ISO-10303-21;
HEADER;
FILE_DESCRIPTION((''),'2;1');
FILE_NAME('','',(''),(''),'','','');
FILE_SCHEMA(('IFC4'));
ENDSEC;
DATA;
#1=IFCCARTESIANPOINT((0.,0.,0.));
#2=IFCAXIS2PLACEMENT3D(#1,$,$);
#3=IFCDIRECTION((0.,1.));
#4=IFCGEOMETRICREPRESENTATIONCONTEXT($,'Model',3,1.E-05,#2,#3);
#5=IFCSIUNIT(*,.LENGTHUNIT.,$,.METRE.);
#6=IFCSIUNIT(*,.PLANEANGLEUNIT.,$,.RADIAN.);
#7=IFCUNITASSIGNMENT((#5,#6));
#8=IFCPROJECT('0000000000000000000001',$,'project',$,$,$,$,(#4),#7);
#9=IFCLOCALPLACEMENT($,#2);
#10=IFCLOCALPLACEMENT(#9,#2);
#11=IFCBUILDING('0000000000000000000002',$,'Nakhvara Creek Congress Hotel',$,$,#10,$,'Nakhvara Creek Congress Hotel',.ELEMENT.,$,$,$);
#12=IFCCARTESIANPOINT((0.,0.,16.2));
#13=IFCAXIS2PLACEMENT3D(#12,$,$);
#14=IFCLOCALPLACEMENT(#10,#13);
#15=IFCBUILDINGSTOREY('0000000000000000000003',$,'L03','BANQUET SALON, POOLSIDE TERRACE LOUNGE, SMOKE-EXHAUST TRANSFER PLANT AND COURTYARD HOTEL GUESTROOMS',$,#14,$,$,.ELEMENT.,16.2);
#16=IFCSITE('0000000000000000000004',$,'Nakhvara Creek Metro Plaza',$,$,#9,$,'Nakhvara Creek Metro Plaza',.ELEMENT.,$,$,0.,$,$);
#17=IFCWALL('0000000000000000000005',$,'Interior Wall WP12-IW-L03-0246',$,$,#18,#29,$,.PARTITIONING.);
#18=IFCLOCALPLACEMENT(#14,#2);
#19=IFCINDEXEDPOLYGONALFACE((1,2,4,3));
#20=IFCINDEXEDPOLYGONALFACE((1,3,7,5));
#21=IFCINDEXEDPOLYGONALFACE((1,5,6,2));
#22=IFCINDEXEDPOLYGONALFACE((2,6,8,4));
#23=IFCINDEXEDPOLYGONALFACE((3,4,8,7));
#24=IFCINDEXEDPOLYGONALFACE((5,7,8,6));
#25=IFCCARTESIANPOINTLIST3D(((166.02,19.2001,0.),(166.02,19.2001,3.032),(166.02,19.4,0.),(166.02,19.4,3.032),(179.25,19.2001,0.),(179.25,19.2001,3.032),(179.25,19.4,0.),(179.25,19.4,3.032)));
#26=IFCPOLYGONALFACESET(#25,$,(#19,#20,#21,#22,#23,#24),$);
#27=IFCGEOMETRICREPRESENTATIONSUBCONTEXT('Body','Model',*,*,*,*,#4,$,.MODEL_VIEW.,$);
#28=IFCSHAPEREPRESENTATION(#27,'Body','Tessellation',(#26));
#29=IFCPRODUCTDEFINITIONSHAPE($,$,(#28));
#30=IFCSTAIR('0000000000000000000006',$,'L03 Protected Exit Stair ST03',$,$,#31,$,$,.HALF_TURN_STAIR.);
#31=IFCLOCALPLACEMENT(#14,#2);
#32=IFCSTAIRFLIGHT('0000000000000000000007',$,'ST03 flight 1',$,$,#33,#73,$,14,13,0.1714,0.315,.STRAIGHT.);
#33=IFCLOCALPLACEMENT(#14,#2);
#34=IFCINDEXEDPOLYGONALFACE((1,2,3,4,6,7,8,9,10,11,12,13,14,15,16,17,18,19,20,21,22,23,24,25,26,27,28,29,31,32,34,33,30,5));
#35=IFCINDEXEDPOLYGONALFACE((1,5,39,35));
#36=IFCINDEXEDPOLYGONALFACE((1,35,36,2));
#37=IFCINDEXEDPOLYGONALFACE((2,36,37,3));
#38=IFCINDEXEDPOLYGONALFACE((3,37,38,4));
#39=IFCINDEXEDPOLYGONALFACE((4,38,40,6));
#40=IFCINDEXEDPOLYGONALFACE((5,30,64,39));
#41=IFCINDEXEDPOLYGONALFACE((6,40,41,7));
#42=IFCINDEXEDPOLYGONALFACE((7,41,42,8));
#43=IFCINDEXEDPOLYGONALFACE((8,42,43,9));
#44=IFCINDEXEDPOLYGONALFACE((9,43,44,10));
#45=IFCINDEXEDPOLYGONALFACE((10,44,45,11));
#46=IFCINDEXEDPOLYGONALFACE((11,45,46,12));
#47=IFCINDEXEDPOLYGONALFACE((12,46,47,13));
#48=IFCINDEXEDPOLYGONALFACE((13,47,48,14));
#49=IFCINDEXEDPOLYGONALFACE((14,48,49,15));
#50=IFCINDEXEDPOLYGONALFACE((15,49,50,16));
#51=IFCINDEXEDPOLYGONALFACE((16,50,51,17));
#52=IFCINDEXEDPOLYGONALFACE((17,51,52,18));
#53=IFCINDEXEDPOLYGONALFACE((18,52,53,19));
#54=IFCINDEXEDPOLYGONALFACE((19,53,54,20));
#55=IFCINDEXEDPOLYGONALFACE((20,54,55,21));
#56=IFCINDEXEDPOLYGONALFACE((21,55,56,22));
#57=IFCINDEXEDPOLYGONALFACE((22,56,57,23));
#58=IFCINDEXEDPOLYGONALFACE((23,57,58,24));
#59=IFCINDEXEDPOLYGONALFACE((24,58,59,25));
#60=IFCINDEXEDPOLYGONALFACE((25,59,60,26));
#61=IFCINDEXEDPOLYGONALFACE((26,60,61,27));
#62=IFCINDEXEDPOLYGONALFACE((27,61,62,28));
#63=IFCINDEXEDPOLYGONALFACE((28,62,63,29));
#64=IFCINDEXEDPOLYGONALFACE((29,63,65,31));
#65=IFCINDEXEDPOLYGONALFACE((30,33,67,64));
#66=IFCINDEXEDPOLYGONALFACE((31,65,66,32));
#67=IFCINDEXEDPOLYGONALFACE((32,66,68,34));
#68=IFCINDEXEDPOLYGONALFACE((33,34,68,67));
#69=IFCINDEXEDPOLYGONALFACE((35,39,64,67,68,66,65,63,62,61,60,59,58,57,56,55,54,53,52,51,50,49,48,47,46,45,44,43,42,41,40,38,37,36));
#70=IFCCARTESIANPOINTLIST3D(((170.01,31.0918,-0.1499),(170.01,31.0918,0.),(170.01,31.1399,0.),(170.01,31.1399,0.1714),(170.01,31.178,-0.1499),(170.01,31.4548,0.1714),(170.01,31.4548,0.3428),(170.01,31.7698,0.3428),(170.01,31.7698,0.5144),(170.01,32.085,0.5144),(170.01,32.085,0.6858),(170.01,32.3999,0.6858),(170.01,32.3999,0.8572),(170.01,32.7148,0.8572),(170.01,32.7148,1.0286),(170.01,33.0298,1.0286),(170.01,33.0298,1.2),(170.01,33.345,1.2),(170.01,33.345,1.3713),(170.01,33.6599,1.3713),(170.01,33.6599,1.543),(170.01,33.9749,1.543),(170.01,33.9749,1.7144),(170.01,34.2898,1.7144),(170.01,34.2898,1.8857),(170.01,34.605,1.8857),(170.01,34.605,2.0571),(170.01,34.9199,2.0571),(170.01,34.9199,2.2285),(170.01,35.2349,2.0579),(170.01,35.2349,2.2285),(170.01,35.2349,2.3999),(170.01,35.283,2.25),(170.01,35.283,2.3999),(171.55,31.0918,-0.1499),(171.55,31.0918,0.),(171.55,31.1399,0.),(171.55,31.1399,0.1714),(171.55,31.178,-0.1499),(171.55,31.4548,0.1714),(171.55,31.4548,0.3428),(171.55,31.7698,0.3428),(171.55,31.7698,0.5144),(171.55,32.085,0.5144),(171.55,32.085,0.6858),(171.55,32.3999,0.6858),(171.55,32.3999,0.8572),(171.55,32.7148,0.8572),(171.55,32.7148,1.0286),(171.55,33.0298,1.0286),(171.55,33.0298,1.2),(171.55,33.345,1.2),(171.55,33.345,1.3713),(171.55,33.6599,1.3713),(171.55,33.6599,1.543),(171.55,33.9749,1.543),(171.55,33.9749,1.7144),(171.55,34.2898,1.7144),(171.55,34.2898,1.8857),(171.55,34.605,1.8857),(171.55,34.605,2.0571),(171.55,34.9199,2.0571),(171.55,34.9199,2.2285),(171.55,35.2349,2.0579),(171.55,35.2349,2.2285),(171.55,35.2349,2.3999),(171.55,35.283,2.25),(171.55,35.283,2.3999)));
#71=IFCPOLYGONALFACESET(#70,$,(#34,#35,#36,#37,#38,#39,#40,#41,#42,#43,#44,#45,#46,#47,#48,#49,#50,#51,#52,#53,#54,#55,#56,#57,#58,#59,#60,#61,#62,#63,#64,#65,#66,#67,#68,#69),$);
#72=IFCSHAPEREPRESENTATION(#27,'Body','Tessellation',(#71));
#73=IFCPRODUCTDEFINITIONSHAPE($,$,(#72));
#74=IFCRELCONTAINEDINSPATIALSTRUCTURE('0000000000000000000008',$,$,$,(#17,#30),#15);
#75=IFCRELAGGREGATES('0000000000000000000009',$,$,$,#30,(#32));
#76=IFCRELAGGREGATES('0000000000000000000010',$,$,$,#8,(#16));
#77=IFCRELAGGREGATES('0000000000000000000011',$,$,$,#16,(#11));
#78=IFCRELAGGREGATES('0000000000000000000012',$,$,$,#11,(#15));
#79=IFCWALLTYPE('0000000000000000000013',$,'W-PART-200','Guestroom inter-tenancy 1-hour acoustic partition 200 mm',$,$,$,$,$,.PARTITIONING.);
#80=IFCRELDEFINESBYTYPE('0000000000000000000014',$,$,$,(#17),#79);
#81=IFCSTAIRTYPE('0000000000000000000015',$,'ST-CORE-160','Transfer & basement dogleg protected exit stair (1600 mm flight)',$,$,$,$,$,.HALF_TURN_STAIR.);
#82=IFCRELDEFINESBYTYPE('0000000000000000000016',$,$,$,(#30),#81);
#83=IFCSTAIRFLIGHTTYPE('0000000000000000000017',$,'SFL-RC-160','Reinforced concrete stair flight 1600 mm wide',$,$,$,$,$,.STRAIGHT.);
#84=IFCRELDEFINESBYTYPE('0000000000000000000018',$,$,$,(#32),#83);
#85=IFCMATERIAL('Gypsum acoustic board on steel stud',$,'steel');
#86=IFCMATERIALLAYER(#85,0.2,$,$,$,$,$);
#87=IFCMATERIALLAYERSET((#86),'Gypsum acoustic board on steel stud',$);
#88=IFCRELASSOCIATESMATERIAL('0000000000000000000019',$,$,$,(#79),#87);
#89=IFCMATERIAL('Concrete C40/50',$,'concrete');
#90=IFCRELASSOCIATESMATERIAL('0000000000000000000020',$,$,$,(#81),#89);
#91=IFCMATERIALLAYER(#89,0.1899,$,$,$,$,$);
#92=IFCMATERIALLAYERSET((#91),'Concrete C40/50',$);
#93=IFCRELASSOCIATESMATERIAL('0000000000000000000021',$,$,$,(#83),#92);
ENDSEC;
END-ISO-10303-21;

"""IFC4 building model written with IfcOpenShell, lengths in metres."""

from ifc_helpers import new_model, si_unit, direction, frame, frame_2d, origin, place, context, subcontext, project, spatial, polyline, rectangle, outline, extrude, material, layer, layer_set, type_object, element, aggregate, save


model = new_model("IFC4")

# Units and contexts
model_context = context("Model", 3, precision=1e-05, world=origin(), true_north=direction((0.0, 1.0)))
body_context = subcontext(model_context, "Body", "Model", "MODEL_VIEW")
ifc_project = project(units=[si_unit("LENGTHUNIT", "METRE"), si_unit("PLANEANGLEUNIT", "RADIAN")], contexts=[model_context])

# Site, building, storey
site_placement = place(None, origin())
site = spatial("IfcSite", under=ifc_project, at=site_placement, Name="Nakhvara Creek Metro Plaza", LongName="Nakhvara Creek Metro Plaza", CompositionType="ELEMENT", RefElevation=0.0)
building_placement = place(site_placement, origin())
building = spatial("IfcBuilding", under=site, at=building_placement, Name="Nakhvara Creek Congress Hotel", LongName="Nakhvara Creek Congress Hotel", CompositionType="ELEMENT")
storey_placement = place(building_placement, frame((0.0, 0.0, 16.2)))
storey = spatial("IfcBuildingStorey", under=building, at=storey_placement, Name="L03", Description="BANQUET SALON, POOLSIDE TERRACE LOUNGE, SMOKE-EXHAUST TRANSFER PLANT AND COURTYARD HOTEL GUESTROOMS", CompositionType="ELEMENT", Elevation=16.2)

# Shared definitions
ifc_material_1 = material(Name="Concrete C40/50", Category="concrete")

# Wall
ifc_material_2 = material(Name="Gypsum acoustic board on steel stud", Category="steel")
ifc_layer_1 = layer(ifc_material_2, 0.2)
ifc_layer_set_1 = layer_set([ifc_layer_1], Name="Gypsum acoustic board on steel stud")
wall_type_1 = type_object("IfcWallType", Name="W-PART-200", Description="Guestroom inter-tenancy 1-hour acoustic partition 200 mm", PredefinedType="PARTITIONING", material=ifc_layer_set_1)
wall_1_placement = place(storey_placement, frame((166.02, 19.3, 0.0), z_axis=(0.0, 0.0, 1.0), x_axis=(1.0, 0.0, 0.0)))
element("IfcWall", 1, at=wall_1_placement, inside=storey, type_object=wall_type_1, Name="Interior Wall WP12-IW-L03-0246", PredefinedType="PARTITIONING", context=body_context, shape_type="SweptSolid", body=[
    extrude(rectangle(XDim=13.23, YDim=0.2, at=frame_2d((6.615, 0.0))), origin(), (0.0, 0.0, 1.0), 3.032),
])

# Stair, stair flight
stair_type = type_object("IfcStairType", Name="ST-CORE-160", Description="Transfer & basement dogleg protected exit stair (1600 mm flight)", PredefinedType="HALF_TURN_STAIR", material=ifc_material_1)
stair_placement = place(storey_placement, origin())
stair = element("IfcStair", 2, at=stair_placement, inside=storey, type_object=stair_type, Name="L03 Protected Exit Stair ST03", PredefinedType="HALF_TURN_STAIR")
ifc_layer_2 = layer(ifc_material_1, 0.1899)
ifc_layer_set_2 = layer_set([ifc_layer_2], Name="Concrete C40/50")
stair_flight_type = type_object("IfcStairFlightType", Name="SFL-RC-160", Description="Reinforced concrete stair flight 1600 mm wide", PredefinedType="STRAIGHT", material=ifc_layer_set_2)
stair_flight_placement = place(storey_placement, frame((170.78, 31.1399, 0.0), z_axis=(0.0, 0.0, 1.0), x_axis=(0.0, 1.0, 0.0)))
stair_flight = element("IfcStairFlight", 3, at=stair_flight_placement, type_object=stair_flight_type, Name="ST03 flight 1", NumberOfRisers=14, NumberOfTreads=13, PredefinedType="STRAIGHT", RiserHeight=0.1714, TreadLength=0.315, context=body_context, shape_type="SweptSolid", body=[
    extrude(outline(polyline([(-0.0481, 0.0), (0.0, 0.0), (0.0, 0.1714), (0.3149, 0.1714), (0.3149, 0.3428), (0.6299, 0.3428), (0.6299, 0.5144), (0.9451, 0.5144), (0.9451, 0.6858), (1.26, 0.6858), (1.26, 0.8572), (1.575, 0.8572), (1.575, 1.0286), (1.8899, 1.0286), (1.8899, 1.2), (2.2051, 1.2), (2.2051, 1.3713), (2.52, 1.3713), (2.52, 1.543), (2.835, 1.543), (2.835, 1.7144), (3.1499, 1.7144), (3.1499, 1.8857), (3.4651, 1.8857), (3.4651, 2.0571), (3.78, 2.0571), (3.78, 2.2285), (4.095, 2.2285), (4.095, 2.3999), (4.1431, 2.3999), (4.1431, 2.25), (4.095, 2.0579), (0.0381, -0.1499), (-0.0481, -0.1499), (-0.0481, 0.0)])), frame((0.0, 0.77, 0.0), z_axis=(0.0, -1.0, 0.0), x_axis=(1.0, 0.0, 0.0)), (0.0, 0.0, 1.0), 1.54),
])
aggregate(stair, [stair_flight])

save(model, "model.ifc")
